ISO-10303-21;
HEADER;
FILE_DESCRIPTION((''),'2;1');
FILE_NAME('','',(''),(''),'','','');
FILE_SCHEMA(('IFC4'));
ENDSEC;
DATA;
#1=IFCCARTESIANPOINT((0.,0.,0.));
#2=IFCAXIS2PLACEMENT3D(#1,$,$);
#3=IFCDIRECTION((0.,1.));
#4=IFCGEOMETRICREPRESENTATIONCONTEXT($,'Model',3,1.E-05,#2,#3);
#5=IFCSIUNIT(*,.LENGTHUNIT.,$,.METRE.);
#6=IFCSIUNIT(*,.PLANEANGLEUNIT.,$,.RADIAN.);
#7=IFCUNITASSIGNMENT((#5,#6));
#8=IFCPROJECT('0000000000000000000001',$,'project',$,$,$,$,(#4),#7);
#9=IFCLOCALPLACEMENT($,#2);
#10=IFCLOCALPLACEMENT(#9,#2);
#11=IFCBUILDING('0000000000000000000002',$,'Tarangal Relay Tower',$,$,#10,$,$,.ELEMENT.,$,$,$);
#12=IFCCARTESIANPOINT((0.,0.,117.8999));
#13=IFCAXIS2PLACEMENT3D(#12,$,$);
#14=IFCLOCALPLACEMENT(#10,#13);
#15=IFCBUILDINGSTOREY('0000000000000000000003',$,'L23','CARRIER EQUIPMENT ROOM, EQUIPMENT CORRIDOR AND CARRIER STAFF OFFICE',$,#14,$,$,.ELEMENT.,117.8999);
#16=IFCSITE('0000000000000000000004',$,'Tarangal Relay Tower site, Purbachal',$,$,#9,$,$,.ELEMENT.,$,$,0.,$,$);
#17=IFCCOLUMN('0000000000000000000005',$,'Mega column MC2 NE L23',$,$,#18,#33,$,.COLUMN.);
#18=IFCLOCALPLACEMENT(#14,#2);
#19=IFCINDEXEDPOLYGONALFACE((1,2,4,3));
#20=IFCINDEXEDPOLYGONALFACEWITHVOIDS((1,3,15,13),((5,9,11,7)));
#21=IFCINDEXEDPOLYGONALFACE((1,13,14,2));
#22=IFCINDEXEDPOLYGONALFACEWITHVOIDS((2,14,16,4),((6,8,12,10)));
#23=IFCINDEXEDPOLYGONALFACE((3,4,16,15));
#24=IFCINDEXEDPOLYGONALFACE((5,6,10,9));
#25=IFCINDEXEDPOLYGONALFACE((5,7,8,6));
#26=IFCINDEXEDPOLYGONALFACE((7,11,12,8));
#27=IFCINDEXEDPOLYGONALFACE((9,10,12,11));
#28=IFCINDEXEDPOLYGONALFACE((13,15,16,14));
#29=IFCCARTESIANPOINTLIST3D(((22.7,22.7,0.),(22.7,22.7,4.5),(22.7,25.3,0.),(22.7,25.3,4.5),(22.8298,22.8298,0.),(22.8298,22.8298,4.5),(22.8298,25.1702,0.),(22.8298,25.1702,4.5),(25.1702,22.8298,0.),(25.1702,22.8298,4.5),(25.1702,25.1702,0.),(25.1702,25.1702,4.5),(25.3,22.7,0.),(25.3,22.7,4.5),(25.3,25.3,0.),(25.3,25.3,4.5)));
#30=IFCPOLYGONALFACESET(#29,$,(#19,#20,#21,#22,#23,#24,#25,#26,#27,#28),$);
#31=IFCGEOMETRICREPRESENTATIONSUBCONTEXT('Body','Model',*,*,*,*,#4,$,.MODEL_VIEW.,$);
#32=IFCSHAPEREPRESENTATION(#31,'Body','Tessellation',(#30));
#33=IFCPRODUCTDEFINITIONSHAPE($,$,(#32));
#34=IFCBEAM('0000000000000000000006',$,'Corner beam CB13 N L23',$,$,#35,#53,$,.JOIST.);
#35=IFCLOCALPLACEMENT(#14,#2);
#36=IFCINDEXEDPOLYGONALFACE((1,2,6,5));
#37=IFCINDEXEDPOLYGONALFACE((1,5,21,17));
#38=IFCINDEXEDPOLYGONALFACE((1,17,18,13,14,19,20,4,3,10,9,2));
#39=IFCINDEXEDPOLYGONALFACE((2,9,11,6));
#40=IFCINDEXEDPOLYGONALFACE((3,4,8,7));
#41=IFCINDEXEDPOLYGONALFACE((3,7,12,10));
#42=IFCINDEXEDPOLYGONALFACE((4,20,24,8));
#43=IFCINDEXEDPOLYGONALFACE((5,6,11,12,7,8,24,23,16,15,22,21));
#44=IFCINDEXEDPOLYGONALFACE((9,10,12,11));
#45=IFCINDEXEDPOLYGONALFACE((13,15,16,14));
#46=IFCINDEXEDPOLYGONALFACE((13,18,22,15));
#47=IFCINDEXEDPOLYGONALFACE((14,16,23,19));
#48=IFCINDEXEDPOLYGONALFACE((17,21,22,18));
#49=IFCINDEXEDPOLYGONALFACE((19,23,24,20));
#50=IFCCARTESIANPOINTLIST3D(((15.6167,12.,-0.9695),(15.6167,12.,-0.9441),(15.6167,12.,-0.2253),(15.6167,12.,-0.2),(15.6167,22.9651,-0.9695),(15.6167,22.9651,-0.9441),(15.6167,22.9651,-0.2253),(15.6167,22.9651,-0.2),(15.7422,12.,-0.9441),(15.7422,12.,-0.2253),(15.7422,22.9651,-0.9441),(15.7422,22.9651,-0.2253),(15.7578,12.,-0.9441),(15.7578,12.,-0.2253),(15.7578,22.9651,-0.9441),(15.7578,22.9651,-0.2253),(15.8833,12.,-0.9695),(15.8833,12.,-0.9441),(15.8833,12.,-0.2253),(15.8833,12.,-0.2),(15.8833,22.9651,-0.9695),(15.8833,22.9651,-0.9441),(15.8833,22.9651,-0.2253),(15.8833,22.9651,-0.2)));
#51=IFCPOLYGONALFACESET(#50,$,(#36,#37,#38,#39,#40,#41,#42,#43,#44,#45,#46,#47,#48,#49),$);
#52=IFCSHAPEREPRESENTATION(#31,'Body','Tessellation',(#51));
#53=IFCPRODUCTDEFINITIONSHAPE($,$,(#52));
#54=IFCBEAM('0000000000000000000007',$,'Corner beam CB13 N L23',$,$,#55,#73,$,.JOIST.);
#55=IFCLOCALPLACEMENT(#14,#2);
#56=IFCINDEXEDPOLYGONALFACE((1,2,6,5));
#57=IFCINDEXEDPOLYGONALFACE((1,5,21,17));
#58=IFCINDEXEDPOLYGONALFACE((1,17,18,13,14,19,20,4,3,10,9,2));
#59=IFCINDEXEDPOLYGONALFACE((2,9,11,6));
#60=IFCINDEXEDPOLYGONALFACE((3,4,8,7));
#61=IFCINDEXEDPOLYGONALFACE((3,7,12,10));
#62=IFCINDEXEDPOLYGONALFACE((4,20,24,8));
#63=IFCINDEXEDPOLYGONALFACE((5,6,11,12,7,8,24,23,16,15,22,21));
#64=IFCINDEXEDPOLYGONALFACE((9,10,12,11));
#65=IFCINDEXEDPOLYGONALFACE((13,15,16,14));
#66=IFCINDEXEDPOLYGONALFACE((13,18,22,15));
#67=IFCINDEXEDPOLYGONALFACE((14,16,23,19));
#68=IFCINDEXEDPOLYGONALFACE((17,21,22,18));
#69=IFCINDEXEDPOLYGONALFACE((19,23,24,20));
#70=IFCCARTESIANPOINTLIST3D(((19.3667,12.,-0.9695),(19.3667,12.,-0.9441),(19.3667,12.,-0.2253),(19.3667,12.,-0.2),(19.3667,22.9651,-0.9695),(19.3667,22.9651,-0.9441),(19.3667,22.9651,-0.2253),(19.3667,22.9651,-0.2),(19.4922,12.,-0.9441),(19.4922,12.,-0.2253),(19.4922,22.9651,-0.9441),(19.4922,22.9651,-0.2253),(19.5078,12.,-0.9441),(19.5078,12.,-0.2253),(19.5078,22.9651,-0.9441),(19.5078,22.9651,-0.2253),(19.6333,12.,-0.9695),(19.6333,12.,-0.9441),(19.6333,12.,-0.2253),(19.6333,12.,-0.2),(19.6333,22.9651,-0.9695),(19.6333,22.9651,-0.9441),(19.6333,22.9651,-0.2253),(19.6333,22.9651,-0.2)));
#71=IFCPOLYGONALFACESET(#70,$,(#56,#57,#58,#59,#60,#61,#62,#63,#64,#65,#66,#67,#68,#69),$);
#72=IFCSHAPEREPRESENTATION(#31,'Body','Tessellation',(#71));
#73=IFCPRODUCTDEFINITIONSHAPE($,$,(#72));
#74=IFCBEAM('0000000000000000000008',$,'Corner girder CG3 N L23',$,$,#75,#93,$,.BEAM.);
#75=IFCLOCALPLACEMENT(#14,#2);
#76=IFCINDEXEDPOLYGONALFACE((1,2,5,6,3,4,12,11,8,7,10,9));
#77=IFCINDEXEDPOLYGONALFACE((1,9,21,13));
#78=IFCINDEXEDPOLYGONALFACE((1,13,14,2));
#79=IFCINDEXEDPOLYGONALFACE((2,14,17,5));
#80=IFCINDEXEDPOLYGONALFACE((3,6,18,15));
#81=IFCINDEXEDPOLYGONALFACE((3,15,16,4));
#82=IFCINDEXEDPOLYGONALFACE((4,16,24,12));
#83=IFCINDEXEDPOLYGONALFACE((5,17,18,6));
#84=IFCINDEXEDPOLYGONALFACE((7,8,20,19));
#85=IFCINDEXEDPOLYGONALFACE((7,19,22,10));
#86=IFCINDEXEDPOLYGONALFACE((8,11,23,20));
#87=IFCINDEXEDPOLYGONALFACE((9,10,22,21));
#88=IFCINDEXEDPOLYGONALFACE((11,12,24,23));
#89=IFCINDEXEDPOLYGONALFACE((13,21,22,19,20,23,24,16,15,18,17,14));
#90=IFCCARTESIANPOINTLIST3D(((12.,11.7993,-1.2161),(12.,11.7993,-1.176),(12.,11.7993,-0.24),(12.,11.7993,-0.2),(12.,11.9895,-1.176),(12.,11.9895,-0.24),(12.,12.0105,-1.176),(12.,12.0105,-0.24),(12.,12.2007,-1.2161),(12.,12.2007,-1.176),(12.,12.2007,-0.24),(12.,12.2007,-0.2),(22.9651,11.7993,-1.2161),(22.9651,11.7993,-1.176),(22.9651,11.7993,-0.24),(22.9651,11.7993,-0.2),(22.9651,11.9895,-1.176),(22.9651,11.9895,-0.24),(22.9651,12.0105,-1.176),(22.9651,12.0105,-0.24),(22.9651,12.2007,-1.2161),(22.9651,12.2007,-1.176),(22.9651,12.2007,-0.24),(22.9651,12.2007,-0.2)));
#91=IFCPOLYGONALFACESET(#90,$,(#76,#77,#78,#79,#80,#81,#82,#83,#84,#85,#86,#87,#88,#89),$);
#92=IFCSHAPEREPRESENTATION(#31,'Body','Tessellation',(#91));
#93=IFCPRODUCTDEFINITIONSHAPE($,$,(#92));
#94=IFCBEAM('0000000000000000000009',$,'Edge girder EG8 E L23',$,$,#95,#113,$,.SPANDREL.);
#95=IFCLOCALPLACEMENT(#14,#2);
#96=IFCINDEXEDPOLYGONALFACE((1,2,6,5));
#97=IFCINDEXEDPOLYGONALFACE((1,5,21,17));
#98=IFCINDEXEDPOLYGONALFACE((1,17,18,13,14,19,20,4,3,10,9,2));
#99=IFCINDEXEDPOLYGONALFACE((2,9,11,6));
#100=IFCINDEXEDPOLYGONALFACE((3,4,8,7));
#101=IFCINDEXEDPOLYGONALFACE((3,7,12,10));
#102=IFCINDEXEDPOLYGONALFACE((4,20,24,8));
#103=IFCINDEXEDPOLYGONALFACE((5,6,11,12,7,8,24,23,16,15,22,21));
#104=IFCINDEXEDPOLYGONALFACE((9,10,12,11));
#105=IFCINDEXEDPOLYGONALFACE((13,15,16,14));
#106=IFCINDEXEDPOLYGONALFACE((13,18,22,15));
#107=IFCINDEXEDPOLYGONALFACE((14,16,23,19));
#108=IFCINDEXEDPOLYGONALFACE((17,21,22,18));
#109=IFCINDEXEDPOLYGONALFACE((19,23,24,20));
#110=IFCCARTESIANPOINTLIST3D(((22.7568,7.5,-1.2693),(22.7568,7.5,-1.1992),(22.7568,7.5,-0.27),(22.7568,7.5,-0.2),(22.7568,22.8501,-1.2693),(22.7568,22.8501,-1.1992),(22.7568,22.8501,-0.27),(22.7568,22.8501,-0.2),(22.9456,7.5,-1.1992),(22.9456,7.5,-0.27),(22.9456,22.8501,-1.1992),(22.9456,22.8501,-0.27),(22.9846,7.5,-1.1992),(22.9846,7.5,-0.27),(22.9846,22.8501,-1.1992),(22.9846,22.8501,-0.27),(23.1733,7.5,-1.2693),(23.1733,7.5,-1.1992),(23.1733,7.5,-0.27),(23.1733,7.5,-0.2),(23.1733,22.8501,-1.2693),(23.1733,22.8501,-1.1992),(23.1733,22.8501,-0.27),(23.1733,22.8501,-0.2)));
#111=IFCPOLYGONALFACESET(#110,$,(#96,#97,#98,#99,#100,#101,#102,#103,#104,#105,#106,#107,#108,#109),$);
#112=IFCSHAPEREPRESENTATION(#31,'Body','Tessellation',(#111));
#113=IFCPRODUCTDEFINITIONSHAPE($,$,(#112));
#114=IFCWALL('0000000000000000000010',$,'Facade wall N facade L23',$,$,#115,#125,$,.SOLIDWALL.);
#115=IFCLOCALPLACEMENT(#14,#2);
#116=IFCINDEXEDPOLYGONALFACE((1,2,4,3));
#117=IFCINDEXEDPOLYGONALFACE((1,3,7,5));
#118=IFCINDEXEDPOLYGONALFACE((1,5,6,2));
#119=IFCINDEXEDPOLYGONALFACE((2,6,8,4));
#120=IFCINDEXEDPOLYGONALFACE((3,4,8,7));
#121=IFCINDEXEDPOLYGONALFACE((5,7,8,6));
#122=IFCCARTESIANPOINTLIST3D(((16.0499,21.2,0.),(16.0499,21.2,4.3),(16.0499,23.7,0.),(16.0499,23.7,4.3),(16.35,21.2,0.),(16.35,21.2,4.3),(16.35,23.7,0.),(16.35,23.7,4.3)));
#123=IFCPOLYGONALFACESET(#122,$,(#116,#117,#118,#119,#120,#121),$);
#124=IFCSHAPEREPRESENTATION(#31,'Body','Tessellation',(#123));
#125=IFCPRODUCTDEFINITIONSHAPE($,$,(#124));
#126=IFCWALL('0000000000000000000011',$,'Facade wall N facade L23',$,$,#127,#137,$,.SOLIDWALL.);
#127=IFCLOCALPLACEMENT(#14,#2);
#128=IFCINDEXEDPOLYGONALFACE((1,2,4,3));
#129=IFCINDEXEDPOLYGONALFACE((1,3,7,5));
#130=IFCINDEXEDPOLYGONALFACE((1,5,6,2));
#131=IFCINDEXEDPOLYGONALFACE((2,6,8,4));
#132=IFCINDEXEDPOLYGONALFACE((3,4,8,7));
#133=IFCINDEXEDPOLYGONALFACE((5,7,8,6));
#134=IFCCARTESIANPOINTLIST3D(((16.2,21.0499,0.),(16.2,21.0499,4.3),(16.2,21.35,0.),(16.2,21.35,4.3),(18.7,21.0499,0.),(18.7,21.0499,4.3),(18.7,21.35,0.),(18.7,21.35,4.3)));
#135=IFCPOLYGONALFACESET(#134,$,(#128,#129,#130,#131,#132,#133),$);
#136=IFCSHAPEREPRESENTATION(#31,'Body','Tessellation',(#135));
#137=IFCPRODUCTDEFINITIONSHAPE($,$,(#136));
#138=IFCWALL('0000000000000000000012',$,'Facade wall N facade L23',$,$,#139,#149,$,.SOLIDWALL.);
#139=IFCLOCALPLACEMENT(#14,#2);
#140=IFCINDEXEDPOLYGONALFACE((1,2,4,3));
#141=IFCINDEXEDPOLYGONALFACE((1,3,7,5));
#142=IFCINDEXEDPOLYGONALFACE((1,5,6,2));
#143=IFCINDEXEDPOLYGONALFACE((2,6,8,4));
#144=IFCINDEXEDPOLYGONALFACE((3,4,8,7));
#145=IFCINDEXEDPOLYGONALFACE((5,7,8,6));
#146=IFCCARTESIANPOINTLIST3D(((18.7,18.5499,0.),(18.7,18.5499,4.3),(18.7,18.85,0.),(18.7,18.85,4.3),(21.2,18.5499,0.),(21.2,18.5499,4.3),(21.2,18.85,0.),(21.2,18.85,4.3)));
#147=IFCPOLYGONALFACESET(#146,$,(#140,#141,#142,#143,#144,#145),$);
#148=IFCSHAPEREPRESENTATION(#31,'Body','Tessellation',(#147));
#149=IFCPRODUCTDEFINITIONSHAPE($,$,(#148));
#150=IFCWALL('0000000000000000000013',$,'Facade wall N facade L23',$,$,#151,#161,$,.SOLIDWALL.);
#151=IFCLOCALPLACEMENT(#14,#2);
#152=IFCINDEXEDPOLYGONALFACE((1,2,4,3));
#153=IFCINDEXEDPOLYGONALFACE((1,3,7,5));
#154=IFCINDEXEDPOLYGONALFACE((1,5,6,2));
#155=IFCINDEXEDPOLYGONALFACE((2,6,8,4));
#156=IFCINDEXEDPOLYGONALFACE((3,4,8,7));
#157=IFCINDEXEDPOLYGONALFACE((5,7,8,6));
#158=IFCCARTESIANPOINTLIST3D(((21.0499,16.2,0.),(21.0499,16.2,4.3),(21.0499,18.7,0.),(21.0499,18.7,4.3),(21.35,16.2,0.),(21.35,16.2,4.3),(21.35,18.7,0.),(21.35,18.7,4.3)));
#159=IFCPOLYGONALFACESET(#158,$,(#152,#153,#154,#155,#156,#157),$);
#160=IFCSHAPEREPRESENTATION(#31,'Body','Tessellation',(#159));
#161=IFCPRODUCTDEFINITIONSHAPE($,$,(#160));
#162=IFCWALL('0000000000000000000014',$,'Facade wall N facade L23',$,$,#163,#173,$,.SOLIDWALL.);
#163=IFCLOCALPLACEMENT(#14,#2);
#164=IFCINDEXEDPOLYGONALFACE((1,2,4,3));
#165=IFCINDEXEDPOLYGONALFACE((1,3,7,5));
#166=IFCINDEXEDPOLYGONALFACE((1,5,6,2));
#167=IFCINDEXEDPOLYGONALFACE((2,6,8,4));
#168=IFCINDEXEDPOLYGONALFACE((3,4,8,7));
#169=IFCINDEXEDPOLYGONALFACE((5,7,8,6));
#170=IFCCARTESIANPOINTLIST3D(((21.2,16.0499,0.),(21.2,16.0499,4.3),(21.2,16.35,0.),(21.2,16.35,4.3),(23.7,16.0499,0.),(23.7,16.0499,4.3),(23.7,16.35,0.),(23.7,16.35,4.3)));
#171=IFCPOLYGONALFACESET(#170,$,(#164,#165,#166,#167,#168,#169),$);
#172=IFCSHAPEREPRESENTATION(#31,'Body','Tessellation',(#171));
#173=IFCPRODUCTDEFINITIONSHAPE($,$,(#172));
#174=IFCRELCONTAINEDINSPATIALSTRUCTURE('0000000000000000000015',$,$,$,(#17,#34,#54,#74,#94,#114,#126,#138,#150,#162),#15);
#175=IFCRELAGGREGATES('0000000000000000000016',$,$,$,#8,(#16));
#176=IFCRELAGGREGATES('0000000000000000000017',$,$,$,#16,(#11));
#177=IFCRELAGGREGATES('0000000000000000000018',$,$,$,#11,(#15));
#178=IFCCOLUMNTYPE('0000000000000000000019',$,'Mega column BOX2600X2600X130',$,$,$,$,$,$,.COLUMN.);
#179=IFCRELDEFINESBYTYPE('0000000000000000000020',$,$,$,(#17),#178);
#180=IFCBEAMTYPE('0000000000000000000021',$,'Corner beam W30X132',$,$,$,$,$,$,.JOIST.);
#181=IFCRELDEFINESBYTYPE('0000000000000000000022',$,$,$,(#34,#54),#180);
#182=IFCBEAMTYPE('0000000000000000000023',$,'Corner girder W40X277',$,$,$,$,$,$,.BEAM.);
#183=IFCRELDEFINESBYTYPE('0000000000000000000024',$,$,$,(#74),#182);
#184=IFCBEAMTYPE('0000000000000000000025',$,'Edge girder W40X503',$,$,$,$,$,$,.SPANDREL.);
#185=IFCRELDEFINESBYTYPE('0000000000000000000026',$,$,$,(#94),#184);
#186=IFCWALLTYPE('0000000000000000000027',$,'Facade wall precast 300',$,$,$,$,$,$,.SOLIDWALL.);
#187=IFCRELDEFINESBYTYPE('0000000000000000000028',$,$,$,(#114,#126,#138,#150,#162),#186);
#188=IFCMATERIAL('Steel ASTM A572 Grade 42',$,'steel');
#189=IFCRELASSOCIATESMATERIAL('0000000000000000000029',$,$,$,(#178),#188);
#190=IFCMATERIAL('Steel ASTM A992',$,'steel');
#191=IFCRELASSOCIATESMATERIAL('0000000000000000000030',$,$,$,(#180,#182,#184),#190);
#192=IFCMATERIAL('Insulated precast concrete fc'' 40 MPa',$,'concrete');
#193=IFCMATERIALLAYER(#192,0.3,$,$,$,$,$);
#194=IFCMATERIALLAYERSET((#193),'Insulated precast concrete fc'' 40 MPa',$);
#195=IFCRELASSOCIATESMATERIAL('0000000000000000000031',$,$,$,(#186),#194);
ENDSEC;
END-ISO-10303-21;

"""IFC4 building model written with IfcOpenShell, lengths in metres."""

from ifc_helpers import new_model, si_unit, direction, frame, frame_2d, origin, origin_2d, place, context, subcontext, project, spatial, rectangle, hollow_rectangle, i_section, extrude, material, layer, layer_set, material_profile, profile_set, type_object, element, save


model = new_model("IFC4")

# Units and contexts
model_context = context("Model", 3, precision=1e-05, world=origin(), true_north=direction((0.0, 1.0)))
body_context = subcontext(model_context, "Body", "Model", "MODEL_VIEW")
ifc_project = project(units=[si_unit("LENGTHUNIT", "METRE"), si_unit("PLANEANGLEUNIT", "RADIAN")], contexts=[model_context])

# Site, building, storey
site_placement = place(None, origin())
site = spatial("IfcSite", under=ifc_project, at=site_placement, Name="Tarangal Relay Tower site, Purbachal", CompositionType="ELEMENT", RefElevation=0.0)
building_placement = place(site_placement, origin())
building = spatial("IfcBuilding", under=site, at=building_placement, Name="Tarangal Relay Tower", CompositionType="ELEMENT")
storey_placement = place(building_placement, frame((0.0, 0.0, 117.8999)))
storey = spatial("IfcBuildingStorey", under=building, at=storey_placement, Name="L23", Description="CARRIER EQUIPMENT ROOM, EQUIPMENT CORRIDOR AND CARRIER STAFF OFFICE", CompositionType="ELEMENT", Elevation=117.8999)

# Column
ifc_material_1 = material(Name="Steel ASTM A572 Grade 42", Category="steel")
ifc_material_profile_1 = material_profile(ifc_material_1, hollow_rectangle(XDim=2.6001, YDim=2.6001, WallThickness=0.1299, at=origin_2d()), Name="BOX2600X2600X130")
ifc_profile_set_1 = profile_set([ifc_material_profile_1], Name="Steel ASTM A572 Grade 42")
column_type = type_object("IfcColumnType", Name="Mega column BOX2600X2600X130", PredefinedType="COLUMN", material=ifc_profile_set_1)
column_placement = place(storey_placement, frame((24.0, 24.0, 0.0), z_axis=(0.0, 0.0, 1.0), x_axis=(1.0, 0.0, 0.0)))
element("IfcColumn", 1, at=column_placement, inside=storey, type_object=column_type, Name="Mega column MC2 NE L23", PredefinedType="COLUMN", context=body_context, shape_type="SweptSolid", body=[
    extrude(hollow_rectangle(XDim=2.6001, YDim=2.6001, WallThickness=0.1299, at=origin_2d()), origin(), (0.0, 0.0, 1.0), 4.5),
])

# Beams
ifc_material_2 = material(Name="Steel ASTM A992", Category="steel")
ifc_material_profile_2 = material_profile(ifc_material_2, i_section(OverallWidth=0.2666, OverallDepth=0.7695, WebThickness=0.0156, FlangeThickness=0.0254, at=origin_2d()), Name="W30X132")
ifc_profile_set_2 = profile_set([ifc_material_profile_2], Name="Steel ASTM A992")
beam_type_1 = type_object("IfcBeamType", Name="Corner beam W30X132", PredefinedType="JOIST", material=ifc_profile_set_2)
for number, where, z_axis, x_axis, name in (
    (2, (15.75, 12.0, -0.5847), (0.0, 1.0, 0.0), (-1.0, 0.0, 0.0), "Corner beam CB13 N L23"),
    (3, (19.5, 12.0, -0.5847), (0.0, 1.0, 0.0), (-1.0, 0.0, 0.0), "Corner beam CB13 N L23"),
):
    element("IfcBeam", number, at=place(storey_placement, frame(where, z_axis=z_axis, x_axis=x_axis)), inside=storey, type_object=beam_type_1, Name=name, PredefinedType="JOIST", context=body_context, shape_type="SweptSolid", body=[
        extrude(i_section(OverallWidth=0.2666, OverallDepth=0.7695, WebThickness=0.0156, FlangeThickness=0.0254, at=origin_2d()), origin(), (0.0, 0.0, 1.0), 10.9651),
    ])
ifc_material_profile_3 = material_profile(ifc_material_2, i_section(OverallWidth=0.4014, OverallDepth=1.0161, WebThickness=0.021, FlangeThickness=0.04, at=origin_2d()), Name="W40X277")
ifc_profile_set_3 = profile_set([ifc_material_profile_3], Name="Steel ASTM A992")
beam_type_2 = type_object("IfcBeamType", Name="Corner girder W40X277", PredefinedType="BEAM", material=ifc_profile_set_3)
beam_1_placement = place(storey_placement, frame((12.0, 12.0, -0.708), z_axis=(1.0, 0.0, 0.0), x_axis=(0.0, 1.0, 0.0)))
element("IfcBeam", 4, at=beam_1_placement, inside=storey, type_object=beam_type_2, Name="Corner girder CG3 N L23", PredefinedType="BEAM", context=body_context, shape_type="SweptSolid", body=[
    extrude(i_section(OverallWidth=0.4014, OverallDepth=1.0161, WebThickness=0.021, FlangeThickness=0.04, at=origin_2d()), origin(), (0.0, 0.0, 1.0), 10.9651),
])
ifc_material_profile_4 = material_profile(ifc_material_2, i_section(OverallWidth=0.4165, OverallDepth=1.0693, WebThickness=0.0391, FlangeThickness=0.0701, at=origin_2d()), Name="W40X503")
ifc_profile_set_4 = profile_set([ifc_material_profile_4], Name="Steel ASTM A992")
beam_type_3 = type_object("IfcBeamType", Name="Edge girder W40X503", PredefinedType="SPANDREL", material=ifc_profile_set_4)
beam_2_placement = place(storey_placement, frame((22.9651, 22.8501, -0.7346), z_axis=(0.0, -1.0, 0.0), x_axis=(1.0, 0.0, 0.0)))
element("IfcBeam", 5, at=beam_2_placement, inside=storey, type_object=beam_type_3, Name="Edge girder EG8 E L23", PredefinedType="SPANDREL", context=body_context, shape_type="SweptSolid", body=[
    extrude(i_section(OverallWidth=0.4165, OverallDepth=1.0693, WebThickness=0.0391, FlangeThickness=0.0701, at=origin_2d()), origin(), (0.0, 0.0, 1.0), 15.3501),
])

# Walls
ifc_material_3 = material(Name="Insulated precast concrete fc' 40 MPa", Category="concrete")
ifc_layer_1 = layer(ifc_material_3, 0.3)
ifc_layer_set_1 = layer_set([ifc_layer_1], Name="Insulated precast concrete fc' 40 MPa")
wall_type_1 = type_object("IfcWallType", Name="Facade wall precast 300", PredefinedType="SOLIDWALL", material=ifc_layer_set_1)
for number, where, z_axis, x_axis, name in (
    (6, (16.2, 23.7, 0.0), (0.0, 0.0, 1.0), (0.0, -1.0, 0.0), "Facade wall N facade L23"),
    (7, (16.2, 21.2, 0.0), (0.0, 0.0, 1.0), (1.0, 0.0, 0.0), "Facade wall N facade L23"),
):
    element("IfcWall", number, at=place(storey_placement, frame(where, z_axis=z_axis, x_axis=x_axis)), inside=storey, type_object=wall_type_1, Name=name, PredefinedType="SOLIDWALL", context=body_context, shape_type="SweptSolid", body=[
        extrude(rectangle(XDim=2.5, YDim=0.3, at=frame_2d((1.25, 0.0))), origin(), (0.0, 0.0, 1.0), 4.3),
    ])

# Walls
for number, where, z_axis, x_axis, name in (
    (8, (18.7, 18.7, 0.0), (0.0, 0.0, 1.0), (1.0, 0.0, 0.0), "Facade wall N facade L23"),
    (9, (21.2, 18.7, 0.0), (0.0, 0.0, 1.0), (0.0, -1.0, 0.0), "Facade wall N facade L23"),
    (10, (21.2, 16.2, 0.0), (0.0, 0.0, 1.0), (1.0, 0.0, 0.0), "Facade wall N facade L23"),
):
    element("IfcWall", number, at=place(storey_placement, frame(where, z_axis=z_axis, x_axis=x_axis)), inside=storey, type_object=wall_type_1, Name=name, PredefinedType="SOLIDWALL", context=body_context, shape_type="SweptSolid", body=[
        extrude(rectangle(XDim=2.5, YDim=0.3, at=frame_2d((1.25, 0.0))), origin(), (0.0, 0.0, 1.0), 4.3),
    ])

save(model, "model.ifc")
